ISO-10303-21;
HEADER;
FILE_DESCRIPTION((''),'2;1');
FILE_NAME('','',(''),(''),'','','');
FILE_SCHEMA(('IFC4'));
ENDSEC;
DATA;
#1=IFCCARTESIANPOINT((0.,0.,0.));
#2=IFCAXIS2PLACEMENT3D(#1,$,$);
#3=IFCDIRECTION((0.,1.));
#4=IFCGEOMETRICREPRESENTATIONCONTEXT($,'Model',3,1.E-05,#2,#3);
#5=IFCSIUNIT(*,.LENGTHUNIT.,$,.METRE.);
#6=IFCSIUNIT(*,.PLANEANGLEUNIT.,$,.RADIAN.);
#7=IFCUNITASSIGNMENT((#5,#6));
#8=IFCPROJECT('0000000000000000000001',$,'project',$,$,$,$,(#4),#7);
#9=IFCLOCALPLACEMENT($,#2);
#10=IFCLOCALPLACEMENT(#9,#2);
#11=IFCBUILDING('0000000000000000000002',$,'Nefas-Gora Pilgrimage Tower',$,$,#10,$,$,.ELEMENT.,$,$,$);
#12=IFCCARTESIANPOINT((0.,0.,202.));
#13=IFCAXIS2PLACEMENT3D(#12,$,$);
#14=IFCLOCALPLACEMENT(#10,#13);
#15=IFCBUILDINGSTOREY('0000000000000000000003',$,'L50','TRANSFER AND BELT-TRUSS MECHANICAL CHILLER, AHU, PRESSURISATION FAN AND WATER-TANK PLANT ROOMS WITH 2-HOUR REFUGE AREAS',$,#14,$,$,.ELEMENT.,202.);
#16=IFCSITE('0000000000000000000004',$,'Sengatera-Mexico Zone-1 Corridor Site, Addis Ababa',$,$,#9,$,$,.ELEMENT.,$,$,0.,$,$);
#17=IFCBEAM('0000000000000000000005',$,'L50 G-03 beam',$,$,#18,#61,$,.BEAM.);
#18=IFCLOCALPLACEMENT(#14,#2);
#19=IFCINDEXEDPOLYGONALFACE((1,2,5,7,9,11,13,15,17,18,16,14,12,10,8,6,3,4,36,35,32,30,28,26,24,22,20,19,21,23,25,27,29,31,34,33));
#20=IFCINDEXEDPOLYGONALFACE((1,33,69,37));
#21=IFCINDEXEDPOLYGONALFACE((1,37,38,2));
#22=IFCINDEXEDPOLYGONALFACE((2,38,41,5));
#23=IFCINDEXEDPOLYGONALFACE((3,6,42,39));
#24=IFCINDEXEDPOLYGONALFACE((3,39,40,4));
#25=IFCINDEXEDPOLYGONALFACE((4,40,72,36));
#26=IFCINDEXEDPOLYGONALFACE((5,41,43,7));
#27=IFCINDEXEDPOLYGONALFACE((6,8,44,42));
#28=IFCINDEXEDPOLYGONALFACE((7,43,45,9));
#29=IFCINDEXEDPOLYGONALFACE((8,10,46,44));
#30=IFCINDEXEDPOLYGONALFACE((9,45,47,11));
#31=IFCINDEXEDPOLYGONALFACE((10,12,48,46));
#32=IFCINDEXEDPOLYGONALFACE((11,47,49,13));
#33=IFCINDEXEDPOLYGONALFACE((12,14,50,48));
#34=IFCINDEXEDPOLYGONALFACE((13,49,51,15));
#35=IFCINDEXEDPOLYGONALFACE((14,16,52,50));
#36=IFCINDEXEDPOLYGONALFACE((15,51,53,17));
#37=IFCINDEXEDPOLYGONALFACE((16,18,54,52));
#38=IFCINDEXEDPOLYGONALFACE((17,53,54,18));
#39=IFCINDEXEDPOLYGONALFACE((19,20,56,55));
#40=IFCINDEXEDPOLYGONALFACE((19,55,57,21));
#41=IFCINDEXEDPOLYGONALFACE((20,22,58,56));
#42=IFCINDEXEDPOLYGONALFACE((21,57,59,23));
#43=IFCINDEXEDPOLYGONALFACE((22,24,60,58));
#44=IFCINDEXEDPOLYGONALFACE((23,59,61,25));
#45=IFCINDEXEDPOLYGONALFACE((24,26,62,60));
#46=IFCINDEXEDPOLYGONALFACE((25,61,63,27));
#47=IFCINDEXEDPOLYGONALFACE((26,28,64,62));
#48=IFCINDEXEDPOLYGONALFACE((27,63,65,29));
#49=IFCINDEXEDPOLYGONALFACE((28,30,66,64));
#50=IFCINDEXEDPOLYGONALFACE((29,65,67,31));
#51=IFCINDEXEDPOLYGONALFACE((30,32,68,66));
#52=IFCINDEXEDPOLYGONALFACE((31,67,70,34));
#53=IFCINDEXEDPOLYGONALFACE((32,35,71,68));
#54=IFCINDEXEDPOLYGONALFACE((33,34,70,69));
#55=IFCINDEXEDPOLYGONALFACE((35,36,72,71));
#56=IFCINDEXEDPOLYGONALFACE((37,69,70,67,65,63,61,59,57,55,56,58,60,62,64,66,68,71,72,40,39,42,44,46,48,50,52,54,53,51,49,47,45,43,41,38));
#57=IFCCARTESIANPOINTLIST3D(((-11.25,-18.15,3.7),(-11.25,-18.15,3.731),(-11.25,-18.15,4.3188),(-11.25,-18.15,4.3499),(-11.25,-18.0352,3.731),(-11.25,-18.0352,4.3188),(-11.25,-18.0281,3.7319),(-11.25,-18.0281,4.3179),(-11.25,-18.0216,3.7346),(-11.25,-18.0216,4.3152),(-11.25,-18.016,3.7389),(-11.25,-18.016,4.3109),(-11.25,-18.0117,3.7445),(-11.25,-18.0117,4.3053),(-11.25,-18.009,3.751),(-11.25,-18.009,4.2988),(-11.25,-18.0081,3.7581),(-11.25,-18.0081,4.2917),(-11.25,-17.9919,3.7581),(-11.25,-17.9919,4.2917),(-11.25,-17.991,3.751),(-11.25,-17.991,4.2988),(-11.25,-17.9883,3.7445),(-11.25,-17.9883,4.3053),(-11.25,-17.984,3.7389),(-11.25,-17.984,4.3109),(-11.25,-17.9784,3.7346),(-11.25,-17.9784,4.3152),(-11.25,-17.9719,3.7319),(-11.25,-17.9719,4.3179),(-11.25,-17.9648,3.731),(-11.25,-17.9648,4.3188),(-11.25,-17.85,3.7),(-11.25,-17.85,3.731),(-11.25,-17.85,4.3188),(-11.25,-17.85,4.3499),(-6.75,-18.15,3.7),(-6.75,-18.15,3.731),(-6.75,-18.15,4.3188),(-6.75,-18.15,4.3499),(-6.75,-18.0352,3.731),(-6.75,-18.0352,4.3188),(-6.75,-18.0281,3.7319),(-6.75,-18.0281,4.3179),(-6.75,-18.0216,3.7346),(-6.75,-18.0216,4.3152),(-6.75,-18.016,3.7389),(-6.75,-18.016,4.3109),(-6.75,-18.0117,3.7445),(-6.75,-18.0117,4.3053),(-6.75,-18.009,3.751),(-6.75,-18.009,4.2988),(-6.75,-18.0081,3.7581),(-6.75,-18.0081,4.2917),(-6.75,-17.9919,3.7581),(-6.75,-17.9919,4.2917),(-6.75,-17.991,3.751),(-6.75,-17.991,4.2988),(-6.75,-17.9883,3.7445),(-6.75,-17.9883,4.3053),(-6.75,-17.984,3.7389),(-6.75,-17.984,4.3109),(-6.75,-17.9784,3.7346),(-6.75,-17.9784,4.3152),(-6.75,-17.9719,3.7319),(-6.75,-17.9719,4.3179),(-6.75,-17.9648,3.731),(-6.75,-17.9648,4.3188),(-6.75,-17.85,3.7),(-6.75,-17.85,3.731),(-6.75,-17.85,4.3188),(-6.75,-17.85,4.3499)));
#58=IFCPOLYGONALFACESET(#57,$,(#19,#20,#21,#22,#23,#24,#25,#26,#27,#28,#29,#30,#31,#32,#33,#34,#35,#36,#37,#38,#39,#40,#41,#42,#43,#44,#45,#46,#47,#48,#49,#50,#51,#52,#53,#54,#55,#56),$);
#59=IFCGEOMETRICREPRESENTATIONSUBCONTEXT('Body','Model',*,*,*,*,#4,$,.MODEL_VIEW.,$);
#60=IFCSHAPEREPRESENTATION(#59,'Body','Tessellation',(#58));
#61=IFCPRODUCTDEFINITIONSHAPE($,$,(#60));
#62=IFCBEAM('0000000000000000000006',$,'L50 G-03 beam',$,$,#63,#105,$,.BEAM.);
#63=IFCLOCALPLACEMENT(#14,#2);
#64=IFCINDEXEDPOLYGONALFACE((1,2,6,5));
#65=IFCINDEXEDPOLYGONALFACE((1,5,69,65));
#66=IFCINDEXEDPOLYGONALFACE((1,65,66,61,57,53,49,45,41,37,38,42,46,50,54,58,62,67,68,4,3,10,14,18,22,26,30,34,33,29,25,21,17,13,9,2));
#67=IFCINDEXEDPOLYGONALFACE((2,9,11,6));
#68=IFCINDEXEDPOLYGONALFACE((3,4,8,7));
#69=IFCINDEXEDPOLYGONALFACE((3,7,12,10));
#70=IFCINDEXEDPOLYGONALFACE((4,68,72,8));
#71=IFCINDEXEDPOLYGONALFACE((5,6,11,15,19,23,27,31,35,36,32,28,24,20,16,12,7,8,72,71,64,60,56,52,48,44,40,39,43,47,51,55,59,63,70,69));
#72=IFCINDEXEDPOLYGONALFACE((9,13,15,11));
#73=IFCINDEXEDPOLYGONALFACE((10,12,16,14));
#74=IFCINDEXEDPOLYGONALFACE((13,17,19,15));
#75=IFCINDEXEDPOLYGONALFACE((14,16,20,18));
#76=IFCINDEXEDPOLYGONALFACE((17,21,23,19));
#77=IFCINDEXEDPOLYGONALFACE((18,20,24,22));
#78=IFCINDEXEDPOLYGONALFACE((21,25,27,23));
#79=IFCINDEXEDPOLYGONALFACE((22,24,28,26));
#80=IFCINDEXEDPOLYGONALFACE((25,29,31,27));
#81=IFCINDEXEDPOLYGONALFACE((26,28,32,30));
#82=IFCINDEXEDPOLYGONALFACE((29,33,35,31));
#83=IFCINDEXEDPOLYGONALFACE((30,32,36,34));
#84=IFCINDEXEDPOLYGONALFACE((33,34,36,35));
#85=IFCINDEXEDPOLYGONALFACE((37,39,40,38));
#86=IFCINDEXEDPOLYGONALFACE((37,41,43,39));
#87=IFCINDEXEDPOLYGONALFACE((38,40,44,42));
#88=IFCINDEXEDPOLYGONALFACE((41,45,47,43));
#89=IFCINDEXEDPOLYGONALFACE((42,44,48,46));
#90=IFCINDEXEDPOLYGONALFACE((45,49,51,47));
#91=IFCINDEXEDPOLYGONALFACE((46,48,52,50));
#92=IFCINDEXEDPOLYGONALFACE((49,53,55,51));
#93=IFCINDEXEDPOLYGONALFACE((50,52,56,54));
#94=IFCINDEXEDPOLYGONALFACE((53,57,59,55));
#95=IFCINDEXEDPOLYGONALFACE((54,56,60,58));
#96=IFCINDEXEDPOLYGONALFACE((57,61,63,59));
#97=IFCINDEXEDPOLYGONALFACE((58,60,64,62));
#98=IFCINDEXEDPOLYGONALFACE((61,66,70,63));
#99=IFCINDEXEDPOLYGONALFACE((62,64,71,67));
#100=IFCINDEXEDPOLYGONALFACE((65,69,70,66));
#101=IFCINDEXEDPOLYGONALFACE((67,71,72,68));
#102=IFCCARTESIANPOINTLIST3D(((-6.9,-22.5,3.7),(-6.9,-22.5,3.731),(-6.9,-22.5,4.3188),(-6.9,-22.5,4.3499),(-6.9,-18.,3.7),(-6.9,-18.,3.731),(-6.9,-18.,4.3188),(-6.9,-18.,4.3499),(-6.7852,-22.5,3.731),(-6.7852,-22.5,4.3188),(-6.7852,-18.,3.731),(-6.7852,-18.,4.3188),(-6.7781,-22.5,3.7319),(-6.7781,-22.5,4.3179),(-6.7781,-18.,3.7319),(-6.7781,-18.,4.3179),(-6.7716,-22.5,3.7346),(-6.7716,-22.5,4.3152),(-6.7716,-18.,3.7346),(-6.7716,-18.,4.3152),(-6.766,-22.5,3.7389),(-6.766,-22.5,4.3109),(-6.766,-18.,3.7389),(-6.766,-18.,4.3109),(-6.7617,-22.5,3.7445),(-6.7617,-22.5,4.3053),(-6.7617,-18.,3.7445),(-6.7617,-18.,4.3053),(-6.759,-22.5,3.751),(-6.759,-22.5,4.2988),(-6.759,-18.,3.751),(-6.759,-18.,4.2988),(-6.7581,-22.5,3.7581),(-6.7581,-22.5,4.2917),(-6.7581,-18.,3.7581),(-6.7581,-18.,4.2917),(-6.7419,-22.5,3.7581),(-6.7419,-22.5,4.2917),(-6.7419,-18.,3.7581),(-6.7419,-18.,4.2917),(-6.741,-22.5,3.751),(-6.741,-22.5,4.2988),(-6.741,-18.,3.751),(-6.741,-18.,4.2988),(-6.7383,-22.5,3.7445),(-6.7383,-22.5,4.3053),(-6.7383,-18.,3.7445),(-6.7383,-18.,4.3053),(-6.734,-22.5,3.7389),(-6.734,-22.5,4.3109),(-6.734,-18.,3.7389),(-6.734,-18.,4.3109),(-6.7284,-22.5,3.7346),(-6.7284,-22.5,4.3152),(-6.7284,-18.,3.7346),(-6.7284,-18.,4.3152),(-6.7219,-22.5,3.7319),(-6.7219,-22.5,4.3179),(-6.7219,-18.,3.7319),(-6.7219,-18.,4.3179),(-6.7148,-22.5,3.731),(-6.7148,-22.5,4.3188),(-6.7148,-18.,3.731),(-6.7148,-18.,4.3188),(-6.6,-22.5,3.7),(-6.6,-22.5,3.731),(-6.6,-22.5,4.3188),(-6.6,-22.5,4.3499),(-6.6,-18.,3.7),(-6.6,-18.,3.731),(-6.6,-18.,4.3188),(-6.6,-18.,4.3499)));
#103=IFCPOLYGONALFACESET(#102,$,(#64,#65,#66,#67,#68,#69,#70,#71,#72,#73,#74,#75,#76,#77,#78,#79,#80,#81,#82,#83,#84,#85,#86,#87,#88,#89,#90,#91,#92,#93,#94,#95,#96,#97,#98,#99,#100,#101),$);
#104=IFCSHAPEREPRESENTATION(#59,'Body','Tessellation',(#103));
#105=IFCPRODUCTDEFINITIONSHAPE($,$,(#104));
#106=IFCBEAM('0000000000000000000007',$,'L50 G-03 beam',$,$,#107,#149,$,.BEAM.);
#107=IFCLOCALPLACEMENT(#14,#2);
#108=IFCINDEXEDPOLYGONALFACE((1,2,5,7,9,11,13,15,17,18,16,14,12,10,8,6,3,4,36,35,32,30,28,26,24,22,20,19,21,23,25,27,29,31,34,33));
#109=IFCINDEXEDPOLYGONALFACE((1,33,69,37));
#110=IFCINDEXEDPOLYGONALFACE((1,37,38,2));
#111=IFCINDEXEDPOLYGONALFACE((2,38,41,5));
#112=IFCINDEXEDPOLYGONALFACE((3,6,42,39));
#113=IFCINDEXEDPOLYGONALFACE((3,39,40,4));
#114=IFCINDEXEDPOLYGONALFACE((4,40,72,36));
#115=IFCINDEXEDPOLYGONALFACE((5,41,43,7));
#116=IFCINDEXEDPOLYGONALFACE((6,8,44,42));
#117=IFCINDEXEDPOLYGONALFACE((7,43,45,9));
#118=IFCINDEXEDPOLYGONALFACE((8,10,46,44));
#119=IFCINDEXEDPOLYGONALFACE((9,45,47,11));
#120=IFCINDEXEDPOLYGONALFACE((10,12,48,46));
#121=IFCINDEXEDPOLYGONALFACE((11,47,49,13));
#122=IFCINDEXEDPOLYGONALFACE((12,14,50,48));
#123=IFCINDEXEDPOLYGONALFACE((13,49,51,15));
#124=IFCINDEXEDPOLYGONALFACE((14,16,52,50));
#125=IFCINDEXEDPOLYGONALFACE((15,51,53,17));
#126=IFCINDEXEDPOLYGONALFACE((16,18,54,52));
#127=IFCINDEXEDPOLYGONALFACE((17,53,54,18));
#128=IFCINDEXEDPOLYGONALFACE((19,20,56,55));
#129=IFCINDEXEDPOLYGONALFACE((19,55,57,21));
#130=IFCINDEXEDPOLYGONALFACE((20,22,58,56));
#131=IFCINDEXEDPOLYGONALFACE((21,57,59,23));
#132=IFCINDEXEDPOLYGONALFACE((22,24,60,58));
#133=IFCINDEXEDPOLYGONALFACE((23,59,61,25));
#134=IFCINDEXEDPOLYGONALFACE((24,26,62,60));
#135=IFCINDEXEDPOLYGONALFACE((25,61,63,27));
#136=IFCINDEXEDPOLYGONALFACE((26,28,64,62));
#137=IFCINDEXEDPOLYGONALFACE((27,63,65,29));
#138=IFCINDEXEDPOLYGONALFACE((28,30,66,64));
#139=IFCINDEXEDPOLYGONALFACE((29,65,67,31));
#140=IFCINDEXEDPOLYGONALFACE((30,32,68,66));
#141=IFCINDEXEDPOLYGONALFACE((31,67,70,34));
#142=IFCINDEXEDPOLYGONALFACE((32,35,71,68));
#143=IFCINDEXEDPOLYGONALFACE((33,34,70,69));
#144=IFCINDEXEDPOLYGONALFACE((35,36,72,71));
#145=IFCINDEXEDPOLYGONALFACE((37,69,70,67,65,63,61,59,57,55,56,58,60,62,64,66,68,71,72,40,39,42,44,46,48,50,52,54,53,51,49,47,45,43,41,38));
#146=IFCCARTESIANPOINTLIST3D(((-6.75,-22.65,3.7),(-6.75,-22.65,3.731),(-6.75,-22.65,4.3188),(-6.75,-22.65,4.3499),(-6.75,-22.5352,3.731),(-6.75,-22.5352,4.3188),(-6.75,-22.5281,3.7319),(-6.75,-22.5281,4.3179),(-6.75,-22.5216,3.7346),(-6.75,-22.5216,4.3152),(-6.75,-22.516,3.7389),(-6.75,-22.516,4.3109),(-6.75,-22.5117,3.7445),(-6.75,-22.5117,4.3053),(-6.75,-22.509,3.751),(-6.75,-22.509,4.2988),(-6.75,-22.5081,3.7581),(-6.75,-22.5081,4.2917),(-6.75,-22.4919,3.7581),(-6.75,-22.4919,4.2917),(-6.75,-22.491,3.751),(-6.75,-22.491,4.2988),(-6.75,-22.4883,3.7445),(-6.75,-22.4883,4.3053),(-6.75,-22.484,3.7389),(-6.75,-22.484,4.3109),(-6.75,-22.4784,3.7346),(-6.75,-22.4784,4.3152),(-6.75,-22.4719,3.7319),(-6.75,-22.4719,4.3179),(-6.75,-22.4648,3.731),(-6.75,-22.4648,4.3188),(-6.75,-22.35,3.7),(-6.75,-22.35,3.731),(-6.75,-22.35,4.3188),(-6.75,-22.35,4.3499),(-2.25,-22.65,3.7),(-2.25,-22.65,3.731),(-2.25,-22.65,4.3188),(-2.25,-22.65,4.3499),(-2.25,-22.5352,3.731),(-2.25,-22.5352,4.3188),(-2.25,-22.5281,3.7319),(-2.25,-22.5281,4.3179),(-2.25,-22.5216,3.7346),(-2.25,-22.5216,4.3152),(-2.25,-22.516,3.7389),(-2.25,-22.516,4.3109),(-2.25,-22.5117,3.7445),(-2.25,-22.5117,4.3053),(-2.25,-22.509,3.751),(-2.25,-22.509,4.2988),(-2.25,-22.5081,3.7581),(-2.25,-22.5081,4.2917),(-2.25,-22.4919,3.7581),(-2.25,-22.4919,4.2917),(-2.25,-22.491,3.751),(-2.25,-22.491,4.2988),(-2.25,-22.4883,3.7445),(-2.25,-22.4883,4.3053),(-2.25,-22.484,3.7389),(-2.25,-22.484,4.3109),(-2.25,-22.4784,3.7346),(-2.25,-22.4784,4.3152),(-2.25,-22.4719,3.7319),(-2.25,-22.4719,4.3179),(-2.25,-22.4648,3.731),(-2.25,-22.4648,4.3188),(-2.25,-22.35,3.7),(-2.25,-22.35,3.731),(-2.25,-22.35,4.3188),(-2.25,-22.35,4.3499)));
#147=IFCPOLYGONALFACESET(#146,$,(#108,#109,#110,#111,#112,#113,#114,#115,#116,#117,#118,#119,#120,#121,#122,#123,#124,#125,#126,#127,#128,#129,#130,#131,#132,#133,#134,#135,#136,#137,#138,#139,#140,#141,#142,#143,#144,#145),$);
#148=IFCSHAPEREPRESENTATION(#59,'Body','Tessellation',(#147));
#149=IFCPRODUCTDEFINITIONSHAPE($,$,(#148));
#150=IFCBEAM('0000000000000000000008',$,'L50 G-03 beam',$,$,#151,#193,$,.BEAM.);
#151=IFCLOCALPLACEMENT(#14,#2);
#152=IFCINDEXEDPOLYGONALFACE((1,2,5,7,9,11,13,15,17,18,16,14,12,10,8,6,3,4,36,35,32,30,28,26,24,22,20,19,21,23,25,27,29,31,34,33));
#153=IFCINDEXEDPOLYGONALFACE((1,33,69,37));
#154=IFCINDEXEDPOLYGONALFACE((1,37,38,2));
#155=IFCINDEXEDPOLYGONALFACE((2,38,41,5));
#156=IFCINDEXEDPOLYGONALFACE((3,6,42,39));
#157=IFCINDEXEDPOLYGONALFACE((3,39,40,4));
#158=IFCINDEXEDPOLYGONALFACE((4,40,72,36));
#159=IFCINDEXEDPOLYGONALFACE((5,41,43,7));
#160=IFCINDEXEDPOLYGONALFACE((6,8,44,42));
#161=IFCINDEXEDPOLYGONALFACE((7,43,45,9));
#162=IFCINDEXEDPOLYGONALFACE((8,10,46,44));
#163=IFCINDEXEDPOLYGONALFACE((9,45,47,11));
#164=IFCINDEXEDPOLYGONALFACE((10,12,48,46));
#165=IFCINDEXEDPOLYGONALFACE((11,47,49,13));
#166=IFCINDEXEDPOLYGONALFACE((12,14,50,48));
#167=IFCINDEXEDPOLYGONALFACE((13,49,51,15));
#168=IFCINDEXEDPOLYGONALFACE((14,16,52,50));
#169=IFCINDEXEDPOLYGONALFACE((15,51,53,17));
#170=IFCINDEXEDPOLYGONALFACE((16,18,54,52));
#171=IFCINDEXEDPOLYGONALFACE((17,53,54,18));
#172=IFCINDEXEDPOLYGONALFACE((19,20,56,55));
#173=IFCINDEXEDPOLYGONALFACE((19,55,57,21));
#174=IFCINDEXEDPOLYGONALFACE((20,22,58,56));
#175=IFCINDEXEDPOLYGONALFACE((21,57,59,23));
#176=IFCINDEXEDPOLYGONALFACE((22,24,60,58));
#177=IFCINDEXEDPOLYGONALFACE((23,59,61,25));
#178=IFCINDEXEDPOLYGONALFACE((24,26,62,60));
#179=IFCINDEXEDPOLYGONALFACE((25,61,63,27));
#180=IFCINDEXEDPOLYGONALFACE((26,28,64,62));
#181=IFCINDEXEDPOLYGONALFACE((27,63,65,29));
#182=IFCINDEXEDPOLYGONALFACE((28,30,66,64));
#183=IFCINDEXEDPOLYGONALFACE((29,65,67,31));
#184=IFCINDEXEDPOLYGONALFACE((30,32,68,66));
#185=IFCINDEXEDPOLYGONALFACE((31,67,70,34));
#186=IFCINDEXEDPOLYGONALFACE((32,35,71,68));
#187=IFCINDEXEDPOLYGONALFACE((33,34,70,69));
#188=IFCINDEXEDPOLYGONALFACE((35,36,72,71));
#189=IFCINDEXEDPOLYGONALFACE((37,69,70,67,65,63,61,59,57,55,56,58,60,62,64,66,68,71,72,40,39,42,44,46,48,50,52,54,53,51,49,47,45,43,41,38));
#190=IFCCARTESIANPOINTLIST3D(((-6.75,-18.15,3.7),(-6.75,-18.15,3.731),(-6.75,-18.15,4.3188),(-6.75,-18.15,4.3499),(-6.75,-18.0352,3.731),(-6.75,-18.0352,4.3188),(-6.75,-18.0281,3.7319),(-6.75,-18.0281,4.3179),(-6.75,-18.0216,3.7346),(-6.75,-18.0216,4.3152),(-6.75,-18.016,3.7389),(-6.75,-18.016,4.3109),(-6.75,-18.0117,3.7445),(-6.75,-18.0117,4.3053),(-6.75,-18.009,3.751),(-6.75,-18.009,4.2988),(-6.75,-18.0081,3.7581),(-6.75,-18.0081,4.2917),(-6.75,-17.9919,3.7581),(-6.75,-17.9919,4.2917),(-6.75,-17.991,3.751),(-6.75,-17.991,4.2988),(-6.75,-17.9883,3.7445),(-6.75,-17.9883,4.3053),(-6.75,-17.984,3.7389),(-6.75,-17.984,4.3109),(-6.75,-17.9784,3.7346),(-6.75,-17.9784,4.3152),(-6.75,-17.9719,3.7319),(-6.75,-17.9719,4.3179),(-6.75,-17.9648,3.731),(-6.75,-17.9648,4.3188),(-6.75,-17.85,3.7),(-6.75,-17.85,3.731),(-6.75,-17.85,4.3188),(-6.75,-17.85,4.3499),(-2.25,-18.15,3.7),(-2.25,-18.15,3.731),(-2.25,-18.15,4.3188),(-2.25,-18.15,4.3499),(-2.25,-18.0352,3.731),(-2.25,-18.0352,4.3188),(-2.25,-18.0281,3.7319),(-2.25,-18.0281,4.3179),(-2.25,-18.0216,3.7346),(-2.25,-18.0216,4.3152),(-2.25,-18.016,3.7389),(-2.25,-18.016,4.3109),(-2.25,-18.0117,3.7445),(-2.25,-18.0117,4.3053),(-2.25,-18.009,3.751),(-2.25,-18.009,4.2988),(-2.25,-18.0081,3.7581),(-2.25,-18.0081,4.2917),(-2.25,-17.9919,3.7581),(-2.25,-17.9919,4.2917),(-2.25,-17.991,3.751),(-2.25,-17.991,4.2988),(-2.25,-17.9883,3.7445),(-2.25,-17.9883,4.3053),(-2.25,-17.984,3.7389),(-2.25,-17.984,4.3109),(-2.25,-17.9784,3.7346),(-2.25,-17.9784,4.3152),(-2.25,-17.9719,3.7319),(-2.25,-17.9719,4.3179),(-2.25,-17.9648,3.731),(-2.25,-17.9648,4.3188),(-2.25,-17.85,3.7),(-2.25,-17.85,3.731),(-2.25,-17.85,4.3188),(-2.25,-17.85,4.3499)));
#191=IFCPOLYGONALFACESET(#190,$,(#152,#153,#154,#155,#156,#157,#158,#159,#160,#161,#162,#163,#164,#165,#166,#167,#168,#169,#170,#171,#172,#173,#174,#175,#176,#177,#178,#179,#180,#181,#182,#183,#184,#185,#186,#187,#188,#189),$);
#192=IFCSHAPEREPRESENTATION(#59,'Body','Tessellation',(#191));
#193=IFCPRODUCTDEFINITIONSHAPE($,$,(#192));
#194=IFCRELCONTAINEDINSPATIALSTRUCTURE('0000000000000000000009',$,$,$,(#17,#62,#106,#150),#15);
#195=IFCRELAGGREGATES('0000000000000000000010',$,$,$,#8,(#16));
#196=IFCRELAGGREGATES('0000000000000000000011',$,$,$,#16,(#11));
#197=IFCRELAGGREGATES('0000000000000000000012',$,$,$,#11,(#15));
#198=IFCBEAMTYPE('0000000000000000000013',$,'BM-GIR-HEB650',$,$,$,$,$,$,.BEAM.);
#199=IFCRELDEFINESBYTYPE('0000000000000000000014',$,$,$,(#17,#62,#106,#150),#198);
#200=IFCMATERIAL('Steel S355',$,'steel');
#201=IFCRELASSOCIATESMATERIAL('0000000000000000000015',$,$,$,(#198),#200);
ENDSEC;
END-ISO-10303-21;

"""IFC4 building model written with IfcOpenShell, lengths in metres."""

from ifc_helpers import new_model, si_unit, direction, frame, origin, origin_2d, place, context, subcontext, project, spatial, i_section, extrude, source, transform, mapped, material, material_profile, profile_set, type_object, element, save


model = new_model("IFC4")

# Units and contexts
model_context = context("Model", 3, precision=1e-05, world=origin(), true_north=direction((0.0, 1.0)))
body_context = subcontext(model_context, "Body", "Model", "MODEL_VIEW")
ifc_project = project(units=[si_unit("LENGTHUNIT", "METRE"), si_unit("PLANEANGLEUNIT", "RADIAN")], contexts=[model_context])

# Site, building, storey
site_placement = place(None, origin())
site = spatial("IfcSite", under=ifc_project, at=site_placement, Name="Sengatera-Mexico Zone-1 Corridor Site, Addis Ababa", CompositionType="ELEMENT", RefElevation=0.0)
building_placement = place(site_placement, origin())
building = spatial("IfcBuilding", under=site, at=building_placement, Name="Nefas-Gora Pilgrimage Tower", CompositionType="ELEMENT")
storey_placement = place(building_placement, frame((0.0, 0.0, 202.0)))
storey = spatial("IfcBuildingStorey", under=building, at=storey_placement, Name="L50", Description="TRANSFER AND BELT-TRUSS MECHANICAL CHILLER, AHU, PRESSURISATION FAN AND WATER-TANK PLANT ROOMS WITH 2-HOUR REFUGE AREAS", CompositionType="ELEMENT", Elevation=202.0)

# Beams
ifc_material_1 = material(Name="Steel S355", Category="steel")
ifc_material_profile_1 = material_profile(ifc_material_1, i_section(OverallWidth=0.3, OverallDepth=0.6499, WebThickness=0.0161, FlangeThickness=0.031, FilletRadius=0.0271, at=origin_2d()), Name="HEB 650")
ifc_profile_set_1 = profile_set([ifc_material_profile_1], Name="Steel S355")
beam_type = type_object("IfcBeamType", Name="BM-GIR-HEB650", PredefinedType="BEAM", material=ifc_profile_set_1)
shared_shape_1 = source(origin(), body_context, "Body", "SweptSolid", [
    extrude(i_section(OverallWidth=0.3, OverallDepth=0.6499, WebThickness=0.0161, FlangeThickness=0.031, FilletRadius=0.0271, at=origin_2d()), origin(), (0.0, 0.0, 1.0), 4.5),
])
for number, where, z_axis, x_axis, name in (
    (1, (-11.25, -18.0, 4.0249), (1.0, 0.0, 0.0), (0.0, 1.0, 0.0), "L50 G-03 beam"),
    (2, (-6.75, -22.5, 4.0249), (0.0, 1.0, 0.0), (-1.0, 0.0, 0.0), "L50 G-03 beam"),
    (3, (-6.75, -22.5, 4.0249), (1.0, 0.0, 0.0), (0.0, 1.0, 0.0), "L50 G-03 beam"),
    (4, (-6.75, -18.0, 4.0249), (1.0, 0.0, 0.0), (0.0, 1.0, 0.0), "L50 G-03 beam"),
):
    element("IfcBeam", number, at=place(storey_placement, frame(where, z_axis=z_axis, x_axis=x_axis)), inside=storey, type_object=beam_type, Name=name, PredefinedType="BEAM", context=body_context, shape_type="MappedRepresentation", body=[
        mapped(shared_shape_1, transform((0.0, 0.0, 0.0), x_axis=(1.0, 0.0, 0.0), y_axis=(0.0, 1.0, 0.0), z_axis=(0.0, 0.0, 1.0), scale=1.0)),
    ])

save(model, "model.ifc")
